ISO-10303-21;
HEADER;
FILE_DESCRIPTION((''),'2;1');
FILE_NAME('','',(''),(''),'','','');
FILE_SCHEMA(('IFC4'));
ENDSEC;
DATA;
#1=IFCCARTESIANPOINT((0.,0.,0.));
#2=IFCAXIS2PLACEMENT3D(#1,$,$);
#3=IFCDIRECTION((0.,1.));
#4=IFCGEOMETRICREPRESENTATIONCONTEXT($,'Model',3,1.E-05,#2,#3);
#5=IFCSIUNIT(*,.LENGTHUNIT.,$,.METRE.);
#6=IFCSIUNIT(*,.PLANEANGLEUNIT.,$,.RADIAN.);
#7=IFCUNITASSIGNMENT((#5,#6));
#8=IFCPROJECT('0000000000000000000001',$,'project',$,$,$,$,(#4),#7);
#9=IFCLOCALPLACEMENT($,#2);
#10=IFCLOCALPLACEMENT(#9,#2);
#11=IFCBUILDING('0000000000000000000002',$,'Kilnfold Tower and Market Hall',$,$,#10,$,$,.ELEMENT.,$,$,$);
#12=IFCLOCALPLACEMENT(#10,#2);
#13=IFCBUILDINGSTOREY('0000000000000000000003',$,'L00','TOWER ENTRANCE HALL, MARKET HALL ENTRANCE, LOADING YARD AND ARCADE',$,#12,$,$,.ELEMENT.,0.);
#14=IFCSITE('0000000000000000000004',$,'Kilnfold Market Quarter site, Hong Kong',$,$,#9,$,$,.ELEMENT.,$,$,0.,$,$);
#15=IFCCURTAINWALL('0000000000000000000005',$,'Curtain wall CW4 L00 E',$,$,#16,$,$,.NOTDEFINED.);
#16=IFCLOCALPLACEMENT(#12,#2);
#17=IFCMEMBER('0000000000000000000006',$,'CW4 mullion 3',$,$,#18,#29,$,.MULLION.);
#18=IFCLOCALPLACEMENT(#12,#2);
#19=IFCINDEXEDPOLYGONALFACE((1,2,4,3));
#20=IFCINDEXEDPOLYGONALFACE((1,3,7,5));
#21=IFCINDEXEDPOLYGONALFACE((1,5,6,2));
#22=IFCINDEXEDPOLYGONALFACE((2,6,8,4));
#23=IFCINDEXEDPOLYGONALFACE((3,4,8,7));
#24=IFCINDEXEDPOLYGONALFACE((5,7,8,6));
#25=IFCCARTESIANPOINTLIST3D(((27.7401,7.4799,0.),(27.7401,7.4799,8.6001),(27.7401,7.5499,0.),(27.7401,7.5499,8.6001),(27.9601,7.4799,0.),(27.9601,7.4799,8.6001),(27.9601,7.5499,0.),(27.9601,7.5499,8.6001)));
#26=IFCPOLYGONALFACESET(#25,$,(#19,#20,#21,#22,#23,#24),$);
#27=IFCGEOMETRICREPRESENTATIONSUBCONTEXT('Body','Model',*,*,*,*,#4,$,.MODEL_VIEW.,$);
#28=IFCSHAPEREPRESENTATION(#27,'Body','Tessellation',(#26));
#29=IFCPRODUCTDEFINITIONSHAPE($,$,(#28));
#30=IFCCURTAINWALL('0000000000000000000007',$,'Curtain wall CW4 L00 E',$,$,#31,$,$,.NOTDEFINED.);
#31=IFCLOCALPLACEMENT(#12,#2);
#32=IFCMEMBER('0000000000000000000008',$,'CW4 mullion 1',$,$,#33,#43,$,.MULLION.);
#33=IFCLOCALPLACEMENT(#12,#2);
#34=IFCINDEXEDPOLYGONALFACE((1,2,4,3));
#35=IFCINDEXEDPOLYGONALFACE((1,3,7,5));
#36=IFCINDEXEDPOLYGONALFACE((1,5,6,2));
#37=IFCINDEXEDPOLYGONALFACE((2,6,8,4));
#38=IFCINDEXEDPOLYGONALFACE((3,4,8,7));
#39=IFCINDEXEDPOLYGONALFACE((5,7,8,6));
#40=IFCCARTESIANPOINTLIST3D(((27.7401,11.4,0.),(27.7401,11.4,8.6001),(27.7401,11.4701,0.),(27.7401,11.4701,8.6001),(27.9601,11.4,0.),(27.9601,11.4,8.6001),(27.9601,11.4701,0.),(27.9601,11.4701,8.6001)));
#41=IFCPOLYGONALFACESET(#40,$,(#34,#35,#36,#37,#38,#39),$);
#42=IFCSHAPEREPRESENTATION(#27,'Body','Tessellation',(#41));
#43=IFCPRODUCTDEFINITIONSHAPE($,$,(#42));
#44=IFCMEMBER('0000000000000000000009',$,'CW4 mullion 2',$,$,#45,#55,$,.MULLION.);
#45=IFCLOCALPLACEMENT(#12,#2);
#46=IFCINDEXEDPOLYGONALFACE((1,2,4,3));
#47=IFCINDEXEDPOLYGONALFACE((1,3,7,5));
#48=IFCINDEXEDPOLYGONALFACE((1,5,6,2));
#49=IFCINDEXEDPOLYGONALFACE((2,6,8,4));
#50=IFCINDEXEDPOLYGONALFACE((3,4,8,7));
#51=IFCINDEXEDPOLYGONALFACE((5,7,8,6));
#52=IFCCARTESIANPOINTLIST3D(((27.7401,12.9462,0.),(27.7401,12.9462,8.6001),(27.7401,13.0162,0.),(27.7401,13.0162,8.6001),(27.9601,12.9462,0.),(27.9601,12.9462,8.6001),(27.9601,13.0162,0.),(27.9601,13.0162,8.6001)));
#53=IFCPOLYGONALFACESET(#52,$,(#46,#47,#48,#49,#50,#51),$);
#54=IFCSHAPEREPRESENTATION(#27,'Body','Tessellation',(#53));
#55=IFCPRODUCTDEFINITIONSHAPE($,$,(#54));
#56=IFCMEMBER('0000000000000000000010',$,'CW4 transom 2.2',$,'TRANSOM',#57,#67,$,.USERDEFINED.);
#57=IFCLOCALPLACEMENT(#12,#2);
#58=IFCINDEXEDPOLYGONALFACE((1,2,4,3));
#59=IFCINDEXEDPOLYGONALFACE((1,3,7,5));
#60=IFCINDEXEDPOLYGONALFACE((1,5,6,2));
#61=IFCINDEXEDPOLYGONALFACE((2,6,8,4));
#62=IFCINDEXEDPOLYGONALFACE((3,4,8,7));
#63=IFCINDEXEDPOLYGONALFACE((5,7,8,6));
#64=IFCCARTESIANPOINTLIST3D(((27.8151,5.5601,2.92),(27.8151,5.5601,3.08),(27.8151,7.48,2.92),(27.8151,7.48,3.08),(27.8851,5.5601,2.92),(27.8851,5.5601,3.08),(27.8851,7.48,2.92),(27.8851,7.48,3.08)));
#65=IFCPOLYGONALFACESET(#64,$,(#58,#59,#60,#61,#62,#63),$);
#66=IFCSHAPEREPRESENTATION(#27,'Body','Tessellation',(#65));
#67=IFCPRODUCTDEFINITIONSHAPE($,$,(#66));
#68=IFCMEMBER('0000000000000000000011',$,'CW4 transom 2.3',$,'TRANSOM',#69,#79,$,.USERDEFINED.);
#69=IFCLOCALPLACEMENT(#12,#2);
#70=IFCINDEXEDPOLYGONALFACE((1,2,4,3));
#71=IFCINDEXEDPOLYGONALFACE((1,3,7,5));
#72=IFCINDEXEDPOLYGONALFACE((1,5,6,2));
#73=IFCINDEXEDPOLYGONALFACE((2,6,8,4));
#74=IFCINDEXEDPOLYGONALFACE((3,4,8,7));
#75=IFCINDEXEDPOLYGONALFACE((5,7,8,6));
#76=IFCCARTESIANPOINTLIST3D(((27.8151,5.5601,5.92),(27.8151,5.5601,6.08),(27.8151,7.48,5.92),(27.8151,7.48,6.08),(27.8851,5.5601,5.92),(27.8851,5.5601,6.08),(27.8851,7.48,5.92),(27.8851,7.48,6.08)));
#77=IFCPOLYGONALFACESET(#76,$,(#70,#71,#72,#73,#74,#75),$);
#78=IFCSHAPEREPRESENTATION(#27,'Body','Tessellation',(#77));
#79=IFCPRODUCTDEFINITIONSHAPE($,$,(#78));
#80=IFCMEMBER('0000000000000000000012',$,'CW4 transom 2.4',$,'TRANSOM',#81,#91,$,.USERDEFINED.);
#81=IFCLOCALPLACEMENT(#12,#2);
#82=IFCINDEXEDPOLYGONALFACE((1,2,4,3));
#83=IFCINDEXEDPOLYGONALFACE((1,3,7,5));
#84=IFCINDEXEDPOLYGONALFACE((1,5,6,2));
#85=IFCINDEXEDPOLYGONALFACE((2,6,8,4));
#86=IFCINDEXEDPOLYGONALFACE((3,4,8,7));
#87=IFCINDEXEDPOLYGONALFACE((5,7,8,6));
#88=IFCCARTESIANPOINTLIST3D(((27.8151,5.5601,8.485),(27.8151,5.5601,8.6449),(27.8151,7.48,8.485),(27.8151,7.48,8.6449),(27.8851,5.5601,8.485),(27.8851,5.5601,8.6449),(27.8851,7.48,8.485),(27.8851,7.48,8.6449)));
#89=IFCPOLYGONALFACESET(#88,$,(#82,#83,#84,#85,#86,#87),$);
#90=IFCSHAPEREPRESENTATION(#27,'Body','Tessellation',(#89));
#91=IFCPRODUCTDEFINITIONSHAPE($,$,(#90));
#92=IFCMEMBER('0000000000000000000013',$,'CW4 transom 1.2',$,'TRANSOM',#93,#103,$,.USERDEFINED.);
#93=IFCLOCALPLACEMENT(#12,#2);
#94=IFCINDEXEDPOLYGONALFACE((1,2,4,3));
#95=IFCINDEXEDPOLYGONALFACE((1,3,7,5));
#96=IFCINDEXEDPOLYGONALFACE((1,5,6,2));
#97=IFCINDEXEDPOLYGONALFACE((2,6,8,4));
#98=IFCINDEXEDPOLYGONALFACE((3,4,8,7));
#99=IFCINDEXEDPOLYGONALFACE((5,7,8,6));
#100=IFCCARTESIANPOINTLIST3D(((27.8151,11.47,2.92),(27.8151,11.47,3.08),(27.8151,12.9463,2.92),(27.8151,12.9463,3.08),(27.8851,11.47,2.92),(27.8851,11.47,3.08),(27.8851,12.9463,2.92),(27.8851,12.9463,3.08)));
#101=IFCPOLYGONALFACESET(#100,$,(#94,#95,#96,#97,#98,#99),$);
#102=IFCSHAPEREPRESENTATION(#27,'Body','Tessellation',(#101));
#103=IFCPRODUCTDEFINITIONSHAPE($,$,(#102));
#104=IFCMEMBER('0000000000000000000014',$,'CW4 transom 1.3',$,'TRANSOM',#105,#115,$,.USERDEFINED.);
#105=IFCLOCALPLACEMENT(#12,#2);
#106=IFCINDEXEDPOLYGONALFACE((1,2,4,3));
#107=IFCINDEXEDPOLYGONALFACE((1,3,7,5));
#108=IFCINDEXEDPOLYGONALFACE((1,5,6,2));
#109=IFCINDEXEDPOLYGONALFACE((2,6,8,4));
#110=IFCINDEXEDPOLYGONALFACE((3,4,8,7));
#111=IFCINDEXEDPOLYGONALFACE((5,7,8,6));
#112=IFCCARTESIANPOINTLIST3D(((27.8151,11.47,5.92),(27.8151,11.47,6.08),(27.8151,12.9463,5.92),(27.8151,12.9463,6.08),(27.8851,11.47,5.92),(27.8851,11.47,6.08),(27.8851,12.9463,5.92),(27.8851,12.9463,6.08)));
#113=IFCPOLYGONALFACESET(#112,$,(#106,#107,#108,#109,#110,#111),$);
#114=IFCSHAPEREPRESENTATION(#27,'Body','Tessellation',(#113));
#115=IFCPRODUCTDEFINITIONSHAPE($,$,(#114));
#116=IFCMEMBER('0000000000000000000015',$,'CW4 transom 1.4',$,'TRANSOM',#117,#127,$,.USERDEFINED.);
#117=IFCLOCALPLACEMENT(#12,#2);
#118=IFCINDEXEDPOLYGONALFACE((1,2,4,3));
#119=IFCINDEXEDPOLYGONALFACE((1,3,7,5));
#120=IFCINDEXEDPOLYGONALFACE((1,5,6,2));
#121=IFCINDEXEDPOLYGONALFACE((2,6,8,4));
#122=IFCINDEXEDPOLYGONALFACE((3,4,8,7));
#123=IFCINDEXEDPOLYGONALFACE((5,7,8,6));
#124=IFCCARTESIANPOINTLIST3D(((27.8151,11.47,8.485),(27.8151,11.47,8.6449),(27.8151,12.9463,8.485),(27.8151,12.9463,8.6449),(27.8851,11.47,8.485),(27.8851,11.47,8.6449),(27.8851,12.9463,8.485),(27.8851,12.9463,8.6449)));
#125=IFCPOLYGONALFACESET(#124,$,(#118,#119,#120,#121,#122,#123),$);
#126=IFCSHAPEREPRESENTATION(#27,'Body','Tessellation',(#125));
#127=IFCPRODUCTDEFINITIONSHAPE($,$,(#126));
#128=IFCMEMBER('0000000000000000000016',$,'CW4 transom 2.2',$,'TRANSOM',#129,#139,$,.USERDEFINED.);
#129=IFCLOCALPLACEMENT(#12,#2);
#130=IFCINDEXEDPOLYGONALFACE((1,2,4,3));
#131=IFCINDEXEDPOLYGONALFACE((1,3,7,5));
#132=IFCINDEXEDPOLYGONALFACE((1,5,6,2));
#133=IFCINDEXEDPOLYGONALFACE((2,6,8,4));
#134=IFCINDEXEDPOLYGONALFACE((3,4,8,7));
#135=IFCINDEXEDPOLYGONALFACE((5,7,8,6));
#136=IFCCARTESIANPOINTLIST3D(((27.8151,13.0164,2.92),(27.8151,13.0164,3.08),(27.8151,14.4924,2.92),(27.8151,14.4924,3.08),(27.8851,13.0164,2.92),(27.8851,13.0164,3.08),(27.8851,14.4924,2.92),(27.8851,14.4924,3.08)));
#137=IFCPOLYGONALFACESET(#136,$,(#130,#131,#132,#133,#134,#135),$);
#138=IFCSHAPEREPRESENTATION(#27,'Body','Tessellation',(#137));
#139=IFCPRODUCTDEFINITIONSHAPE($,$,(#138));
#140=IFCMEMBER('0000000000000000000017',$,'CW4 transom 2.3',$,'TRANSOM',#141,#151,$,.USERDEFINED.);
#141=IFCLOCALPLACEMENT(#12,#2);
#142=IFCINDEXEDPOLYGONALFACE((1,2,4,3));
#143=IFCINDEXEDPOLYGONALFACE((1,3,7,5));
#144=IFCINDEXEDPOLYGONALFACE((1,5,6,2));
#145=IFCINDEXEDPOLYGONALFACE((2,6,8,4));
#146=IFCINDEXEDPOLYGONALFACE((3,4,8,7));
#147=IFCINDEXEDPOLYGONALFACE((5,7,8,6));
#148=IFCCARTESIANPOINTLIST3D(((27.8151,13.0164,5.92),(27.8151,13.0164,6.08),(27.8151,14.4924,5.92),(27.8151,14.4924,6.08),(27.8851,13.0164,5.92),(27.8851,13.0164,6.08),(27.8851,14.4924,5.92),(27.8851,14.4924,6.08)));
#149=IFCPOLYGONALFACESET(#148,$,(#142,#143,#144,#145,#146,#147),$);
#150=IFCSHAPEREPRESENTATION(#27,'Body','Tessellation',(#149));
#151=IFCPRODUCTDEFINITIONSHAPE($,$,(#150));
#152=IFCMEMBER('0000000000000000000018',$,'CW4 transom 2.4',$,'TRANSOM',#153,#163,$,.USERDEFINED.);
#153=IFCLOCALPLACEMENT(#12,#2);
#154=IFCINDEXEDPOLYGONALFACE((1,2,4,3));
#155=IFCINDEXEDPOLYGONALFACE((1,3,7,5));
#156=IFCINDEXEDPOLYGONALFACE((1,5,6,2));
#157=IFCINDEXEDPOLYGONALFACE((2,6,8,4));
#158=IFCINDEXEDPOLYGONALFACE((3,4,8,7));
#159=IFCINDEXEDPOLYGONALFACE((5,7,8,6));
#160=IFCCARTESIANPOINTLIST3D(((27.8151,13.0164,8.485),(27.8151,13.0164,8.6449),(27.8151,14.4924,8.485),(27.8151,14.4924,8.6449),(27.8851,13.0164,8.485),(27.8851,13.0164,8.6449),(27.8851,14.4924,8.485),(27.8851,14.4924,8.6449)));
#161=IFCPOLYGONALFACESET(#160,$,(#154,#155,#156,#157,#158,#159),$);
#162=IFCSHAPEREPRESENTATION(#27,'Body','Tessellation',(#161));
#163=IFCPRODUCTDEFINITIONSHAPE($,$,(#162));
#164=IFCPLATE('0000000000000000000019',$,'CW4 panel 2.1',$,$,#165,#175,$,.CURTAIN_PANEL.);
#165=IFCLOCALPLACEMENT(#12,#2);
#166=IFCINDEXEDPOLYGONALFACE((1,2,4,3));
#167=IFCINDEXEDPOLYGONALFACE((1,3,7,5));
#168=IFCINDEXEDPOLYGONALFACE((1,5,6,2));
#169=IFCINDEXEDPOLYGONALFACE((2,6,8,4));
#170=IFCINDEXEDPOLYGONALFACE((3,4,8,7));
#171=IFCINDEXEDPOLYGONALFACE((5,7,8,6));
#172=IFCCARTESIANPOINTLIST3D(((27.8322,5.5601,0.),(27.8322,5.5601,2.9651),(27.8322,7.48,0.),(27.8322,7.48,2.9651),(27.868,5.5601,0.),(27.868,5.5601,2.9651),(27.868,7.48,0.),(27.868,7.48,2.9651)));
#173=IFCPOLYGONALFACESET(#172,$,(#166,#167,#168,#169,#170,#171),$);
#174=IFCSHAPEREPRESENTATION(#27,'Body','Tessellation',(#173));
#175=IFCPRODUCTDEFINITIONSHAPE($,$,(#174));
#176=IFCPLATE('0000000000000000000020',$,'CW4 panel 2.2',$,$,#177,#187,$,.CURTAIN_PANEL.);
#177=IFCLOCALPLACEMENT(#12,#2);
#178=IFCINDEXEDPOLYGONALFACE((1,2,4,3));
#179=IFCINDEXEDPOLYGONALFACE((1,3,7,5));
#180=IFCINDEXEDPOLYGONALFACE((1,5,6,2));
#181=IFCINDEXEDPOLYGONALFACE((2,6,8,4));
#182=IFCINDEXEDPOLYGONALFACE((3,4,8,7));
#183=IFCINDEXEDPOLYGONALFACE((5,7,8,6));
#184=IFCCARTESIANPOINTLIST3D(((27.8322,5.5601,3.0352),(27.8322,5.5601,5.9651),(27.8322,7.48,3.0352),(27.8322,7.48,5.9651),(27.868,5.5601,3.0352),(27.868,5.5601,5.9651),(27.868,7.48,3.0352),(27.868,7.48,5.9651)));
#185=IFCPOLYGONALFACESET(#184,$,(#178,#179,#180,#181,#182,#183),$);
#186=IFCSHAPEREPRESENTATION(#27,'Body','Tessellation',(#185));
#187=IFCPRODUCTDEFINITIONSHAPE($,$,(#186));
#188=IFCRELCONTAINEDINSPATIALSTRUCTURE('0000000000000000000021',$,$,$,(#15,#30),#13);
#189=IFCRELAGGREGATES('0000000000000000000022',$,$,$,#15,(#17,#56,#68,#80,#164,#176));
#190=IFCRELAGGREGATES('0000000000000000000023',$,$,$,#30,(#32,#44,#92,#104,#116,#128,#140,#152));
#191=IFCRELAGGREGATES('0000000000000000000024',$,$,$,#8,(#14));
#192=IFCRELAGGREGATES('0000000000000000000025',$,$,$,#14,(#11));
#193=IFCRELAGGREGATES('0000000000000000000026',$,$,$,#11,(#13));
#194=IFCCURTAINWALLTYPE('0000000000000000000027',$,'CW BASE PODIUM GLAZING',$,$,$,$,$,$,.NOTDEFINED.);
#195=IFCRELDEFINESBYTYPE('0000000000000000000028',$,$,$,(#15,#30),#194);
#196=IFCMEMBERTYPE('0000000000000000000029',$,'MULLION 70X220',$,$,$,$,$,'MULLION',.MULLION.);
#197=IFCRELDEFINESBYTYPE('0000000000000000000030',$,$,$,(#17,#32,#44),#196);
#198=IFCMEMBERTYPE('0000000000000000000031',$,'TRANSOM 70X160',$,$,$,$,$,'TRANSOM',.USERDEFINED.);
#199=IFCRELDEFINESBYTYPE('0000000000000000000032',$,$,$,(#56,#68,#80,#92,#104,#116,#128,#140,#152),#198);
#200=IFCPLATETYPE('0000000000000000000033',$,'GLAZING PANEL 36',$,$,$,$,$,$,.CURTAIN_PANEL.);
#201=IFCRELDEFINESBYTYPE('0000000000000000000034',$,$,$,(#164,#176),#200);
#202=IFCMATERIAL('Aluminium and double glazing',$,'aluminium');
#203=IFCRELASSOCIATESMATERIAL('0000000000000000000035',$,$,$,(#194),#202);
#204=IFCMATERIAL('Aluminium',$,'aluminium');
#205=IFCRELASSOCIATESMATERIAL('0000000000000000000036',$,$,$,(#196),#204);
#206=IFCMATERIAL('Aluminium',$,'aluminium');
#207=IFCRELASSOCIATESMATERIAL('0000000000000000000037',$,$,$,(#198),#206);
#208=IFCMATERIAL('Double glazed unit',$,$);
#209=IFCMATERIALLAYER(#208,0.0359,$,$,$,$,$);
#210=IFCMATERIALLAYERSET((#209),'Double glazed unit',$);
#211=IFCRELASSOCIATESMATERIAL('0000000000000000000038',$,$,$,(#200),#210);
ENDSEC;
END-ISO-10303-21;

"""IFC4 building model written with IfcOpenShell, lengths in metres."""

from ifc_helpers import new_model, si_unit, direction, frame, origin, origin_2d, place, context, subcontext, project, spatial, rectangle, extrude, source, transform, mapped, material, layer, layer_set, material_profile, profile_set, type_object, element, aggregate, save


model = new_model("IFC4")

# Units and contexts
model_context = context("Model", 3, precision=1e-05, world=origin(), true_north=direction((0.0, 1.0)))
body_context = subcontext(model_context, "Body", "Model", "MODEL_VIEW")
ifc_project = project(units=[si_unit("LENGTHUNIT", "METRE"), si_unit("PLANEANGLEUNIT", "RADIAN")], contexts=[model_context])

# Site, building, storey
site_placement = place(None, origin())
site = spatial("IfcSite", under=ifc_project, at=site_placement, Name="Kilnfold Market Quarter site, Hong Kong", CompositionType="ELEMENT", RefElevation=0.0)
building_placement = place(site_placement, origin())
building = spatial("IfcBuilding", under=site, at=building_placement, Name="Kilnfold Tower and Market Hall", CompositionType="ELEMENT")
storey_placement = place(building_placement, origin())
storey = spatial("IfcBuildingStorey", under=building, at=storey_placement, Name="L00", Description="TOWER ENTRANCE HALL, MARKET HALL ENTRANCE, LOADING YARD AND ARCADE", CompositionType="ELEMENT", Elevation=0.0)

# Curtain wall, member
ifc_material_1 = material(Name="Aluminium and double glazing", Category="aluminium")
curtain_wall_type = type_object("IfcCurtainWallType", Name="CW BASE PODIUM GLAZING", PredefinedType="NOTDEFINED", material=ifc_material_1)
curtain_wall_1_placement = place(storey_placement, origin())
curtain_wall_1 = element("IfcCurtainWall", 1, at=curtain_wall_1_placement, inside=storey, type_object=curtain_wall_type, Name="Curtain wall CW4 L00 E", PredefinedType="NOTDEFINED")
ifc_material_2 = material(Name="Aluminium", Category="aluminium")
ifc_material_profile_1 = material_profile(ifc_material_2, rectangle(XDim=0.0701, YDim=0.22, at=origin_2d()), Name="MULLION 70x220")
ifc_profile_set_1 = profile_set([ifc_material_profile_1], Name="Aluminium")
member_type_1 = type_object("IfcMemberType", Name="MULLION 70X220", ElementType="MULLION", PredefinedType="MULLION", material=ifc_profile_set_1)
shared_shape_1 = source(origin(), body_context, "Body", "SweptSolid", [
    extrude(rectangle(XDim=0.0701, YDim=0.22, at=origin_2d()), origin(), (0.0, 0.0, 1.0), 8.6001),
])
member_1_placement = place(storey_placement, frame((27.8501, 7.5149, 0.0), z_axis=(0.0, 0.0, 1.0), x_axis=(0.0, 1.0, 0.0)))
member_1 = element("IfcMember", 2, at=member_1_placement, type_object=member_type_1, Name="CW4 mullion 3", PredefinedType="MULLION", context=body_context, shape_type="MappedRepresentation", body=[
    mapped(shared_shape_1, transform((0.0, 0.0, 0.0))),
])

# Curtain wall, members
curtain_wall_2_placement = place(storey_placement, origin())
curtain_wall_2 = element("IfcCurtainWall", 3, at=curtain_wall_2_placement, inside=storey, type_object=curtain_wall_type, Name="Curtain wall CW4 L00 E", PredefinedType="NOTDEFINED")
member_2_placement = place(storey_placement, frame((27.8501, 11.4351, 0.0), z_axis=(0.0, 0.0, 1.0), x_axis=(0.0, 1.0, 0.0)))
member_2 = element("IfcMember", 4, at=member_2_placement, type_object=member_type_1, Name="CW4 mullion 1", PredefinedType="MULLION", context=body_context, shape_type="MappedRepresentation", body=[
    mapped(shared_shape_1, transform((0.0, 0.0, 0.0))),
])
member_3_placement = place(storey_placement, frame((27.8501, 12.9812, 0.0), z_axis=(0.0, 0.0, 1.0), x_axis=(0.0, 1.0, 0.0)))
member_3 = element("IfcMember", 5, at=member_3_placement, type_object=member_type_1, Name="CW4 mullion 2", PredefinedType="MULLION", context=body_context, shape_type="MappedRepresentation", body=[
    mapped(shared_shape_1, transform((0.0, 0.0, 0.0))),
])

# Members
ifc_material_3 = material(Name="Aluminium", Category="aluminium")
ifc_material_profile_2 = material_profile(ifc_material_3, rectangle(XDim=0.0701, YDim=0.1599, at=origin_2d()), Name="TRANSOM 70x160")
ifc_profile_set_2 = profile_set([ifc_material_profile_2], Name="Aluminium")
member_type_2 = type_object("IfcMemberType", Name="TRANSOM 70X160", ElementType="TRANSOM", PredefinedType="USERDEFINED", material=ifc_profile_set_2)
shared_shape_2 = source(origin(), body_context, "Body", "SweptSolid", [
    extrude(rectangle(XDim=0.0701, YDim=0.1599, at=origin_2d()), origin(), (0.0, 0.0, 1.0), 1.9199),
])
member_4_placement = place(storey_placement, frame((27.8501, 5.5601, 3.0), z_axis=(0.0, 1.0, 0.0), x_axis=(-1.0, 0.0, 0.0)))
member_4 = element("IfcMember", 6, at=member_4_placement, type_object=member_type_2, Name="CW4 transom 2.2", ObjectType="TRANSOM", PredefinedType="USERDEFINED", context=body_context, shape_type="MappedRepresentation", body=[
    mapped(shared_shape_2, transform((0.0, 0.0, 0.0))),
])
member_5_placement = place(storey_placement, frame((27.8501, 5.5601, 6.0), z_axis=(0.0, 1.0, 0.0), x_axis=(-1.0, 0.0, 0.0)))
member_5 = element("IfcMember", 7, at=member_5_placement, type_object=member_type_2, Name="CW4 transom 2.3", ObjectType="TRANSOM", PredefinedType="USERDEFINED", context=body_context, shape_type="MappedRepresentation", body=[
    mapped(shared_shape_2, transform((0.0, 0.0, 0.0))),
])
member_6_placement = place(storey_placement, frame((27.8501, 5.5601, 8.5649), z_axis=(0.0, 1.0, 0.0), x_axis=(-1.0, 0.0, 0.0)))
member_6 = element("IfcMember", 8, at=member_6_placement, type_object=member_type_2, Name="CW4 transom 2.4", ObjectType="TRANSOM", PredefinedType="USERDEFINED", context=body_context, shape_type="MappedRepresentation", body=[
    mapped(shared_shape_2, transform((0.0, 0.0, 0.0))),
])
shared_shape_3 = source(origin(), body_context, "Body", "SweptSolid", [
    extrude(rectangle(XDim=0.0701, YDim=0.1599, at=origin_2d()), origin(), (0.0, 0.0, 1.0), 1.4763),
])
member_7_placement = place(storey_placement, frame((27.8501, 11.47, 3.0), z_axis=(0.0, 1.0, 0.0), x_axis=(-1.0, 0.0, 0.0)))
member_7 = element("IfcMember", 9, at=member_7_placement, type_object=member_type_2, Name="CW4 transom 1.2", ObjectType="TRANSOM", PredefinedType="USERDEFINED", context=body_context, shape_type="MappedRepresentation", body=[
    mapped(shared_shape_3, transform((0.0, 0.0, 0.0))),
])
member_8_placement = place(storey_placement, frame((27.8501, 11.47, 6.0), z_axis=(0.0, 1.0, 0.0), x_axis=(-1.0, 0.0, 0.0)))
member_8 = element("IfcMember", 10, at=member_8_placement, type_object=member_type_2, Name="CW4 transom 1.3", ObjectType="TRANSOM", PredefinedType="USERDEFINED", context=body_context, shape_type="MappedRepresentation", body=[
    mapped(shared_shape_3, transform((0.0, 0.0, 0.0))),
])
member_9_placement = place(storey_placement, frame((27.8501, 11.47, 8.5649), z_axis=(0.0, 1.0, 0.0), x_axis=(-1.0, 0.0, 0.0)))
member_9 = element("IfcMember", 11, at=member_9_placement, type_object=member_type_2, Name="CW4 transom 1.4", ObjectType="TRANSOM", PredefinedType="USERDEFINED", context=body_context, shape_type="MappedRepresentation", body=[
    mapped(shared_shape_3, transform((0.0, 0.0, 0.0))),
])
shared_shape_4 = source(origin(), body_context, "Body", "SweptSolid", [
    extrude(rectangle(XDim=0.0701, YDim=0.1599, at=origin_2d()), origin(), (0.0, 0.0, 1.0), 1.4761),
])
member_10_placement = place(storey_placement, frame((27.8501, 13.0164, 3.0), z_axis=(0.0, 1.0, 0.0), x_axis=(-1.0, 0.0, 0.0)))
member_10 = element("IfcMember", 12, at=member_10_placement, type_object=member_type_2, Name="CW4 transom 2.2", ObjectType="TRANSOM", PredefinedType="USERDEFINED", context=body_context, shape_type="MappedRepresentation", body=[
    mapped(shared_shape_4, transform((0.0, 0.0, 0.0))),
])
member_11_placement = place(storey_placement, frame((27.8501, 13.0164, 6.0), z_axis=(0.0, 1.0, 0.0), x_axis=(-1.0, 0.0, 0.0)))
member_11 = element("IfcMember", 13, at=member_11_placement, type_object=member_type_2, Name="CW4 transom 2.3", ObjectType="TRANSOM", PredefinedType="USERDEFINED", context=body_context, shape_type="MappedRepresentation", body=[
    mapped(shared_shape_4, transform((0.0, 0.0, 0.0))),
])
member_12_placement = place(storey_placement, frame((27.8501, 13.0164, 8.5649), z_axis=(0.0, 1.0, 0.0), x_axis=(-1.0, 0.0, 0.0)))
member_12 = element("IfcMember", 14, at=member_12_placement, type_object=member_type_2, Name="CW4 transom 2.4", ObjectType="TRANSOM", PredefinedType="USERDEFINED", context=body_context, shape_type="MappedRepresentation", body=[
    mapped(shared_shape_4, transform((0.0, 0.0, 0.0))),
])

# Plates
ifc_material_4 = material(Name="Double glazed unit")
ifc_layer_1 = layer(ifc_material_4, 0.0359)
ifc_layer_set_1 = layer_set([ifc_layer_1], Name="Double glazed unit")
plate_type = type_object("IfcPlateType", Name="GLAZING PANEL 36", PredefinedType="CURTAIN_PANEL", material=ifc_layer_set_1)
shared_shape_5 = source(origin(), body_context, "Body", "SweptSolid", [
    extrude(rectangle(XDim=1.9199, YDim=0.0359, at=origin_2d()), origin(), (0.0, 0.0, 1.0), 2.9651),
])
plate_1_placement = place(storey_placement, frame((27.8501, 6.52, 0.0), z_axis=(0.0, 0.0, 1.0), x_axis=(0.0, 1.0, 0.0)))
plate_1 = element("IfcPlate", 15, at=plate_1_placement, type_object=plate_type, Name="CW4 panel 2.1", PredefinedType="CURTAIN_PANEL", context=body_context, shape_type="MappedRepresentation", body=[
    mapped(shared_shape_5, transform((0.0, 0.0, 0.0))),
])
shared_shape_6 = source(origin(), body_context, "Body", "SweptSolid", [
    extrude(rectangle(XDim=1.9199, YDim=0.0359, at=origin_2d()), origin(), (0.0, 0.0, 1.0), 2.9299),
])
plate_2_placement = place(storey_placement, frame((27.8501, 6.52, 3.0352), z_axis=(0.0, 0.0, 1.0), x_axis=(0.0, 1.0, 0.0)))
plate_2 = element("IfcPlate", 16, at=plate_2_placement, type_object=plate_type, Name="CW4 panel 2.2", PredefinedType="CURTAIN_PANEL", context=body_context, shape_type="MappedRepresentation", body=[
    mapped(shared_shape_6, transform((0.0, 0.0, 0.0))),
])
aggregate(curtain_wall_1, [member_1, member_4, member_5, member_6, plate_1, plate_2])
aggregate(curtain_wall_2, [member_2, member_3, member_7, member_8, member_9, member_10, member_11, member_12])

save(model, "model.ifc")
